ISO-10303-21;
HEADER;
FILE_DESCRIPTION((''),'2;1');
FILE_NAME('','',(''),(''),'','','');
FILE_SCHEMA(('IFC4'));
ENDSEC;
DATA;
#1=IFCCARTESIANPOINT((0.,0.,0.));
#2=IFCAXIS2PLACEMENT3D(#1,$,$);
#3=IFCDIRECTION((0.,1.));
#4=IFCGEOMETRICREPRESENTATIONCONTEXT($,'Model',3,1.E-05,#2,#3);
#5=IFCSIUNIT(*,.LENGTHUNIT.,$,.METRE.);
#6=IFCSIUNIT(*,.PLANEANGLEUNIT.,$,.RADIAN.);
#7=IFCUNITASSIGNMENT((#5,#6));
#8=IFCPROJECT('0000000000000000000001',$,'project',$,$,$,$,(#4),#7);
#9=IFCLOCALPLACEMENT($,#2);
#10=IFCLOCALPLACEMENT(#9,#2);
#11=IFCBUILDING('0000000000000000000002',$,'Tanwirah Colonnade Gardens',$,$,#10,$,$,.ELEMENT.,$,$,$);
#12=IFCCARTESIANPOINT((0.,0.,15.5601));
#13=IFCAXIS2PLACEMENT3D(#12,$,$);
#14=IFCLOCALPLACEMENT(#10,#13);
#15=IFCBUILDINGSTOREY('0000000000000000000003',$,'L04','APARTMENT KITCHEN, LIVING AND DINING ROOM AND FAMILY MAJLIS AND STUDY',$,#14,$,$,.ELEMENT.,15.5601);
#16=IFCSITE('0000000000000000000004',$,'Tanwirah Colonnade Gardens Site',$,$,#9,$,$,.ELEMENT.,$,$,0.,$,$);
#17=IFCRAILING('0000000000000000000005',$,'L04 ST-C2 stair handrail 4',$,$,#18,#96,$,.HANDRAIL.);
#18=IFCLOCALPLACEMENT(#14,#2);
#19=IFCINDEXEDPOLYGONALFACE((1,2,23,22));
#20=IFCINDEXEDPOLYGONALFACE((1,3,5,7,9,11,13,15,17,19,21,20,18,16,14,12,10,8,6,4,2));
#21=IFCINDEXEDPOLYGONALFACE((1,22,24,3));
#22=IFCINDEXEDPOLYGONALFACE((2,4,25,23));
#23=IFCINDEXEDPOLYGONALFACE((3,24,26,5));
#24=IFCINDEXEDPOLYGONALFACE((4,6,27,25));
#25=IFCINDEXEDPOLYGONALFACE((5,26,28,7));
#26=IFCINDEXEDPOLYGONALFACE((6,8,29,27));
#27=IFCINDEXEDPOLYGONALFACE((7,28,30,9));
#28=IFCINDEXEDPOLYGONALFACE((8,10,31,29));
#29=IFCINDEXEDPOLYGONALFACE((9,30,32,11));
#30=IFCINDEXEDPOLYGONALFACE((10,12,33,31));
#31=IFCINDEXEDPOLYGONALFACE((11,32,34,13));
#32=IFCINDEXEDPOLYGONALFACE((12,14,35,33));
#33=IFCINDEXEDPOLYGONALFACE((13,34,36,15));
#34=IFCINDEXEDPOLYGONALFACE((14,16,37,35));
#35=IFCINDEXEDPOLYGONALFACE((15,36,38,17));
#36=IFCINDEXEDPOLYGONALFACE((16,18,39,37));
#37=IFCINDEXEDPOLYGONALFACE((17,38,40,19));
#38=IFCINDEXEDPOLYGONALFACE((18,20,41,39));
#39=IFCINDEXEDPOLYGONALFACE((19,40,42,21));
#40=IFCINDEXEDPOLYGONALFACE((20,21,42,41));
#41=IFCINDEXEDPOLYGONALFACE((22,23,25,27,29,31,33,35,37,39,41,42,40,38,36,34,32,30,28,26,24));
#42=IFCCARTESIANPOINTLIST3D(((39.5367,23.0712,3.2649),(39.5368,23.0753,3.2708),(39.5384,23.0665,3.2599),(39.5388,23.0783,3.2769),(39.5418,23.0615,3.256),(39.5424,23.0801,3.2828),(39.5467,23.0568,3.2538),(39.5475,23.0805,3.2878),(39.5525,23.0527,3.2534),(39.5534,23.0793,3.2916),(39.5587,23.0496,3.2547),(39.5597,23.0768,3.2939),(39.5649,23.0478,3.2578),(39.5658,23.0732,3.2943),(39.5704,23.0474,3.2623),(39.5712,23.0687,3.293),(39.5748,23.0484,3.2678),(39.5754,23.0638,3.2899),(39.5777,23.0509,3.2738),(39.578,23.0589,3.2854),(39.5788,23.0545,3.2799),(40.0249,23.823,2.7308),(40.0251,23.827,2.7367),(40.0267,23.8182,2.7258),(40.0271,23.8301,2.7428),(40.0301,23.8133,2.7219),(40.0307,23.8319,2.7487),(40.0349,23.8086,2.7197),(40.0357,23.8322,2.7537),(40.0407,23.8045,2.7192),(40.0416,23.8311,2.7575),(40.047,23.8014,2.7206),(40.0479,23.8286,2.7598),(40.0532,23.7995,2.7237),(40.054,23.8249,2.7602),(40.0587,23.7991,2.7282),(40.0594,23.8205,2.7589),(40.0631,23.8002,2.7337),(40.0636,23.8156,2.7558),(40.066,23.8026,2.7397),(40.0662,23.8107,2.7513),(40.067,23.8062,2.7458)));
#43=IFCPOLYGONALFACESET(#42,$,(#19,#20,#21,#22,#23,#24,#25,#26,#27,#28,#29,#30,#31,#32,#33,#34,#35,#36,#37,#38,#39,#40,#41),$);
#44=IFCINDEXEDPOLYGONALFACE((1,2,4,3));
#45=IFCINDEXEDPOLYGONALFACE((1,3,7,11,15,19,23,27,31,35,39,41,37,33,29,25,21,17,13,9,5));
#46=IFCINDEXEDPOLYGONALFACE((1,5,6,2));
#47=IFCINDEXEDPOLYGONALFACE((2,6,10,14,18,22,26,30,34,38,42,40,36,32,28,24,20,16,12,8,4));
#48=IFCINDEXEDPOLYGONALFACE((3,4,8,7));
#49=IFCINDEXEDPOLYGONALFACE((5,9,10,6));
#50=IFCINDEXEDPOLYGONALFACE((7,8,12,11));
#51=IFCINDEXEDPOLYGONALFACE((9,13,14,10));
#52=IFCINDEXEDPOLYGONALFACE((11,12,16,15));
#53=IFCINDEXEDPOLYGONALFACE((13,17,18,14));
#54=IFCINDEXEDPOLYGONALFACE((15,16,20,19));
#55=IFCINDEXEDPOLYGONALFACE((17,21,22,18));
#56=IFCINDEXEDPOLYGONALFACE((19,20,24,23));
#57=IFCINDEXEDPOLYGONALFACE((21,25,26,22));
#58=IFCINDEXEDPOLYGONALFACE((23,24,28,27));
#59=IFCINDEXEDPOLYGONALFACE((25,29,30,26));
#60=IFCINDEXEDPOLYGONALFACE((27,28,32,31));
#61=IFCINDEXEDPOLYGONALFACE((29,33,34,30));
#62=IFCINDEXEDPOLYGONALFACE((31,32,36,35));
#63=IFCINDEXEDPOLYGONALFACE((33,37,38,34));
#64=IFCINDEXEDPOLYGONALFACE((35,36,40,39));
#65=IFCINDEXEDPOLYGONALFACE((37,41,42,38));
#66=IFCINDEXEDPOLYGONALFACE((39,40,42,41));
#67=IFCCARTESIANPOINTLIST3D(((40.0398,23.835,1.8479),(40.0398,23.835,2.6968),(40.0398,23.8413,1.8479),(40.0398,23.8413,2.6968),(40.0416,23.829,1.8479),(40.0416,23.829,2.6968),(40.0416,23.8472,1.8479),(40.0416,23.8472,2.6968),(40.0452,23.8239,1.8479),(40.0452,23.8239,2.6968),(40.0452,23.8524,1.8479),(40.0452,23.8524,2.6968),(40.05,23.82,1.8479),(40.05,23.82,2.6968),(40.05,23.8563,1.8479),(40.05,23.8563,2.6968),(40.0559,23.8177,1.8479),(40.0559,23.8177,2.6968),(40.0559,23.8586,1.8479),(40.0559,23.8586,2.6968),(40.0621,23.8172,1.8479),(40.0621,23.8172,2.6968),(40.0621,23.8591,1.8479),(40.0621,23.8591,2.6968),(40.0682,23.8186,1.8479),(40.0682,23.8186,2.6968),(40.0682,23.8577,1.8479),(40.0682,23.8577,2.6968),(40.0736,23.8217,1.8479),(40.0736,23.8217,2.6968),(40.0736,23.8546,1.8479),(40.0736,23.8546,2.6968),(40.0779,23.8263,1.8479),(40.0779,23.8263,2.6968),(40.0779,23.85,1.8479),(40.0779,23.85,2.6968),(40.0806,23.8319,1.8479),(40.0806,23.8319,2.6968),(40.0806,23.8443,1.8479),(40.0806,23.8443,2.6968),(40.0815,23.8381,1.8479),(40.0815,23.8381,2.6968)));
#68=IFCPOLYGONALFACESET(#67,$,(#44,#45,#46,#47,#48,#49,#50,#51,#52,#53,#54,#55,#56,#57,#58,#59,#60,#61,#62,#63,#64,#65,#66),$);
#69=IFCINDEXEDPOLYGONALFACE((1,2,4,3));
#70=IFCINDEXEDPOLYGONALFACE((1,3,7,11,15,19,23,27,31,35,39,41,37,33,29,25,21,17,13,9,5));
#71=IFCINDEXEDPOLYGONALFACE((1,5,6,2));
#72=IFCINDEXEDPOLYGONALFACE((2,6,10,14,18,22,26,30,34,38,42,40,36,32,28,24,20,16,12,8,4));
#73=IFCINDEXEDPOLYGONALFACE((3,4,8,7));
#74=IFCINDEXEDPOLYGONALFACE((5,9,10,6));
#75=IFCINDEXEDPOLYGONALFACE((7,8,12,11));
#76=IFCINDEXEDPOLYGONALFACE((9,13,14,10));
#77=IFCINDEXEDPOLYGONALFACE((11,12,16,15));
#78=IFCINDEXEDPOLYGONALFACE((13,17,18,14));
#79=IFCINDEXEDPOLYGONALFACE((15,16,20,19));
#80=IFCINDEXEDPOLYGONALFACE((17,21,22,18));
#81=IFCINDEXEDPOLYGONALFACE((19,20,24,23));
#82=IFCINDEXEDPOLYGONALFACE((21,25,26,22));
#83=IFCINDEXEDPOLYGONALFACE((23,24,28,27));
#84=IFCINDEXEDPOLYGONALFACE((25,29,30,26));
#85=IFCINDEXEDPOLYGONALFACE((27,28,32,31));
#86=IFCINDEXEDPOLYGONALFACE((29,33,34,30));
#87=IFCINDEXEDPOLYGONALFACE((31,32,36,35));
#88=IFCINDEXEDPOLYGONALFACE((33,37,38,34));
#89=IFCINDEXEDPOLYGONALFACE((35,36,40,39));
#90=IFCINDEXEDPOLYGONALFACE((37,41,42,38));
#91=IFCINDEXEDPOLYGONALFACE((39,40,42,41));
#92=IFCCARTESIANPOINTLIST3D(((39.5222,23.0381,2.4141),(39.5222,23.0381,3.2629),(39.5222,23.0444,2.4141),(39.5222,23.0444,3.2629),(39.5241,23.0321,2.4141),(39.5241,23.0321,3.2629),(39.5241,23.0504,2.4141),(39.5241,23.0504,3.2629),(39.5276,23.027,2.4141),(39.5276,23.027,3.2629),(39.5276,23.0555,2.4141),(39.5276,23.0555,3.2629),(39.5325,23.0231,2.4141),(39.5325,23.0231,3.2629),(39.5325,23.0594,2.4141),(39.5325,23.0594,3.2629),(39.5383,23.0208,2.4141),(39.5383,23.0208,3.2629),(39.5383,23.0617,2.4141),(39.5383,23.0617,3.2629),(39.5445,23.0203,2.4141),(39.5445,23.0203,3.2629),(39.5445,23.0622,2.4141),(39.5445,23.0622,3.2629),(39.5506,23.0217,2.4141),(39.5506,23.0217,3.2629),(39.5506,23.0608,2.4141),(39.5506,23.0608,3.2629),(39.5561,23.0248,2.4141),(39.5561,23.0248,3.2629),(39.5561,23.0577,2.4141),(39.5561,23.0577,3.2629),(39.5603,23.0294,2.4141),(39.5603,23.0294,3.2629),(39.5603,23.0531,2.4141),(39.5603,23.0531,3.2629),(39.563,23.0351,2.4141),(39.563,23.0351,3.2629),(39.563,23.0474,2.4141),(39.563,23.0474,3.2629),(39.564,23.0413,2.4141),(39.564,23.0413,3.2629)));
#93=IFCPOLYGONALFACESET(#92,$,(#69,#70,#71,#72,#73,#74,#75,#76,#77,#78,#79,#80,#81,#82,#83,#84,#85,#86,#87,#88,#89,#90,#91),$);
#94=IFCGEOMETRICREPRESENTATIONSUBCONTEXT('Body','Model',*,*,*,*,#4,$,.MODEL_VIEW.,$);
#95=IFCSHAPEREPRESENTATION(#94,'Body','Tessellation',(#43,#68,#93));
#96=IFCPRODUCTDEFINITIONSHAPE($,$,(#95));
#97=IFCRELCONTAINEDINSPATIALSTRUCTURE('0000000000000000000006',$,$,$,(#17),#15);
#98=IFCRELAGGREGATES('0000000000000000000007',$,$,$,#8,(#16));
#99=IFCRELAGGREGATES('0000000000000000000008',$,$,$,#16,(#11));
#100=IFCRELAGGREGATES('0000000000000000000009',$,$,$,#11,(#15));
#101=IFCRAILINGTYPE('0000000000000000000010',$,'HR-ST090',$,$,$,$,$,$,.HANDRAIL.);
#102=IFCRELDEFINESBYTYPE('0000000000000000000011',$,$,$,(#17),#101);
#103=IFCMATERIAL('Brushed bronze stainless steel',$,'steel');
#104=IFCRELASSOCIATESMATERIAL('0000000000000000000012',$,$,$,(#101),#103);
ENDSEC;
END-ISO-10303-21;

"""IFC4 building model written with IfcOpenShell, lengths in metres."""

from ifc_helpers import new_model, si_unit, direction, frame, origin, origin_2d, place, context, subcontext, project, spatial, circle, extrude, material, type_object, element, save


model = new_model("IFC4")

# Units and contexts
model_context = context("Model", 3, precision=1e-05, world=origin(), true_north=direction((0.0, 1.0)))
body_context = subcontext(model_context, "Body", "Model", "MODEL_VIEW")
ifc_project = project(units=[si_unit("LENGTHUNIT", "METRE"), si_unit("PLANEANGLEUNIT", "RADIAN")], contexts=[model_context])

# Site, building, storey
site_placement = place(None, origin())
site = spatial("IfcSite", under=ifc_project, at=site_placement, Name="Tanwirah Colonnade Gardens Site", CompositionType="ELEMENT", RefElevation=0.0)
building_placement = place(site_placement, origin())
building = spatial("IfcBuilding", under=site, at=building_placement, Name="Tanwirah Colonnade Gardens", CompositionType="ELEMENT")
storey_placement = place(building_placement, frame((0.0, 0.0, 15.5601)))
storey = spatial("IfcBuildingStorey", under=building, at=storey_placement, Name="L04", Description="APARTMENT KITCHEN, LIVING AND DINING ROOM AND FAMILY MAJLIS AND STUDY", CompositionType="ELEMENT", Elevation=15.5601)

# Railing
ifc_material_1 = material(Name="Brushed bronze stainless steel", Category="steel")
railing_type_1 = type_object("IfcRailingType", Name="HR-ST090", PredefinedType="HANDRAIL", material=ifc_material_1)
railing_1_placement = place(storey_placement, frame((40.0605, 23.8381, 1.8479)))
element("IfcRailing", 1, at=railing_1_placement, inside=storey, type_object=railing_type_1, Name="L04 ST-C2 stair handrail 4", PredefinedType="HANDRAIL", context=body_context, shape_type="SweptSolid", body=[
    extrude(circle(Radius=0.0239, at=origin_2d()), frame((-0.0146, -0.0225, 0.8918), z_axis=(-0.467935, -0.720443, 0.511859), x_axis=(0.838631, -0.544699, 0.0)), (0.0, 0.0, 1.0), 1.0435),
    extrude(circle(Radius=0.021, at=origin_2d()), origin(), (0.0, 0.0, 1.0), 0.8489),
    extrude(circle(Radius=0.021, at=origin_2d()), frame((-0.5176, -0.7969, 0.5662)), (0.0, 0.0, 1.0), 0.8489),
])

save(model, "model.ifc")
